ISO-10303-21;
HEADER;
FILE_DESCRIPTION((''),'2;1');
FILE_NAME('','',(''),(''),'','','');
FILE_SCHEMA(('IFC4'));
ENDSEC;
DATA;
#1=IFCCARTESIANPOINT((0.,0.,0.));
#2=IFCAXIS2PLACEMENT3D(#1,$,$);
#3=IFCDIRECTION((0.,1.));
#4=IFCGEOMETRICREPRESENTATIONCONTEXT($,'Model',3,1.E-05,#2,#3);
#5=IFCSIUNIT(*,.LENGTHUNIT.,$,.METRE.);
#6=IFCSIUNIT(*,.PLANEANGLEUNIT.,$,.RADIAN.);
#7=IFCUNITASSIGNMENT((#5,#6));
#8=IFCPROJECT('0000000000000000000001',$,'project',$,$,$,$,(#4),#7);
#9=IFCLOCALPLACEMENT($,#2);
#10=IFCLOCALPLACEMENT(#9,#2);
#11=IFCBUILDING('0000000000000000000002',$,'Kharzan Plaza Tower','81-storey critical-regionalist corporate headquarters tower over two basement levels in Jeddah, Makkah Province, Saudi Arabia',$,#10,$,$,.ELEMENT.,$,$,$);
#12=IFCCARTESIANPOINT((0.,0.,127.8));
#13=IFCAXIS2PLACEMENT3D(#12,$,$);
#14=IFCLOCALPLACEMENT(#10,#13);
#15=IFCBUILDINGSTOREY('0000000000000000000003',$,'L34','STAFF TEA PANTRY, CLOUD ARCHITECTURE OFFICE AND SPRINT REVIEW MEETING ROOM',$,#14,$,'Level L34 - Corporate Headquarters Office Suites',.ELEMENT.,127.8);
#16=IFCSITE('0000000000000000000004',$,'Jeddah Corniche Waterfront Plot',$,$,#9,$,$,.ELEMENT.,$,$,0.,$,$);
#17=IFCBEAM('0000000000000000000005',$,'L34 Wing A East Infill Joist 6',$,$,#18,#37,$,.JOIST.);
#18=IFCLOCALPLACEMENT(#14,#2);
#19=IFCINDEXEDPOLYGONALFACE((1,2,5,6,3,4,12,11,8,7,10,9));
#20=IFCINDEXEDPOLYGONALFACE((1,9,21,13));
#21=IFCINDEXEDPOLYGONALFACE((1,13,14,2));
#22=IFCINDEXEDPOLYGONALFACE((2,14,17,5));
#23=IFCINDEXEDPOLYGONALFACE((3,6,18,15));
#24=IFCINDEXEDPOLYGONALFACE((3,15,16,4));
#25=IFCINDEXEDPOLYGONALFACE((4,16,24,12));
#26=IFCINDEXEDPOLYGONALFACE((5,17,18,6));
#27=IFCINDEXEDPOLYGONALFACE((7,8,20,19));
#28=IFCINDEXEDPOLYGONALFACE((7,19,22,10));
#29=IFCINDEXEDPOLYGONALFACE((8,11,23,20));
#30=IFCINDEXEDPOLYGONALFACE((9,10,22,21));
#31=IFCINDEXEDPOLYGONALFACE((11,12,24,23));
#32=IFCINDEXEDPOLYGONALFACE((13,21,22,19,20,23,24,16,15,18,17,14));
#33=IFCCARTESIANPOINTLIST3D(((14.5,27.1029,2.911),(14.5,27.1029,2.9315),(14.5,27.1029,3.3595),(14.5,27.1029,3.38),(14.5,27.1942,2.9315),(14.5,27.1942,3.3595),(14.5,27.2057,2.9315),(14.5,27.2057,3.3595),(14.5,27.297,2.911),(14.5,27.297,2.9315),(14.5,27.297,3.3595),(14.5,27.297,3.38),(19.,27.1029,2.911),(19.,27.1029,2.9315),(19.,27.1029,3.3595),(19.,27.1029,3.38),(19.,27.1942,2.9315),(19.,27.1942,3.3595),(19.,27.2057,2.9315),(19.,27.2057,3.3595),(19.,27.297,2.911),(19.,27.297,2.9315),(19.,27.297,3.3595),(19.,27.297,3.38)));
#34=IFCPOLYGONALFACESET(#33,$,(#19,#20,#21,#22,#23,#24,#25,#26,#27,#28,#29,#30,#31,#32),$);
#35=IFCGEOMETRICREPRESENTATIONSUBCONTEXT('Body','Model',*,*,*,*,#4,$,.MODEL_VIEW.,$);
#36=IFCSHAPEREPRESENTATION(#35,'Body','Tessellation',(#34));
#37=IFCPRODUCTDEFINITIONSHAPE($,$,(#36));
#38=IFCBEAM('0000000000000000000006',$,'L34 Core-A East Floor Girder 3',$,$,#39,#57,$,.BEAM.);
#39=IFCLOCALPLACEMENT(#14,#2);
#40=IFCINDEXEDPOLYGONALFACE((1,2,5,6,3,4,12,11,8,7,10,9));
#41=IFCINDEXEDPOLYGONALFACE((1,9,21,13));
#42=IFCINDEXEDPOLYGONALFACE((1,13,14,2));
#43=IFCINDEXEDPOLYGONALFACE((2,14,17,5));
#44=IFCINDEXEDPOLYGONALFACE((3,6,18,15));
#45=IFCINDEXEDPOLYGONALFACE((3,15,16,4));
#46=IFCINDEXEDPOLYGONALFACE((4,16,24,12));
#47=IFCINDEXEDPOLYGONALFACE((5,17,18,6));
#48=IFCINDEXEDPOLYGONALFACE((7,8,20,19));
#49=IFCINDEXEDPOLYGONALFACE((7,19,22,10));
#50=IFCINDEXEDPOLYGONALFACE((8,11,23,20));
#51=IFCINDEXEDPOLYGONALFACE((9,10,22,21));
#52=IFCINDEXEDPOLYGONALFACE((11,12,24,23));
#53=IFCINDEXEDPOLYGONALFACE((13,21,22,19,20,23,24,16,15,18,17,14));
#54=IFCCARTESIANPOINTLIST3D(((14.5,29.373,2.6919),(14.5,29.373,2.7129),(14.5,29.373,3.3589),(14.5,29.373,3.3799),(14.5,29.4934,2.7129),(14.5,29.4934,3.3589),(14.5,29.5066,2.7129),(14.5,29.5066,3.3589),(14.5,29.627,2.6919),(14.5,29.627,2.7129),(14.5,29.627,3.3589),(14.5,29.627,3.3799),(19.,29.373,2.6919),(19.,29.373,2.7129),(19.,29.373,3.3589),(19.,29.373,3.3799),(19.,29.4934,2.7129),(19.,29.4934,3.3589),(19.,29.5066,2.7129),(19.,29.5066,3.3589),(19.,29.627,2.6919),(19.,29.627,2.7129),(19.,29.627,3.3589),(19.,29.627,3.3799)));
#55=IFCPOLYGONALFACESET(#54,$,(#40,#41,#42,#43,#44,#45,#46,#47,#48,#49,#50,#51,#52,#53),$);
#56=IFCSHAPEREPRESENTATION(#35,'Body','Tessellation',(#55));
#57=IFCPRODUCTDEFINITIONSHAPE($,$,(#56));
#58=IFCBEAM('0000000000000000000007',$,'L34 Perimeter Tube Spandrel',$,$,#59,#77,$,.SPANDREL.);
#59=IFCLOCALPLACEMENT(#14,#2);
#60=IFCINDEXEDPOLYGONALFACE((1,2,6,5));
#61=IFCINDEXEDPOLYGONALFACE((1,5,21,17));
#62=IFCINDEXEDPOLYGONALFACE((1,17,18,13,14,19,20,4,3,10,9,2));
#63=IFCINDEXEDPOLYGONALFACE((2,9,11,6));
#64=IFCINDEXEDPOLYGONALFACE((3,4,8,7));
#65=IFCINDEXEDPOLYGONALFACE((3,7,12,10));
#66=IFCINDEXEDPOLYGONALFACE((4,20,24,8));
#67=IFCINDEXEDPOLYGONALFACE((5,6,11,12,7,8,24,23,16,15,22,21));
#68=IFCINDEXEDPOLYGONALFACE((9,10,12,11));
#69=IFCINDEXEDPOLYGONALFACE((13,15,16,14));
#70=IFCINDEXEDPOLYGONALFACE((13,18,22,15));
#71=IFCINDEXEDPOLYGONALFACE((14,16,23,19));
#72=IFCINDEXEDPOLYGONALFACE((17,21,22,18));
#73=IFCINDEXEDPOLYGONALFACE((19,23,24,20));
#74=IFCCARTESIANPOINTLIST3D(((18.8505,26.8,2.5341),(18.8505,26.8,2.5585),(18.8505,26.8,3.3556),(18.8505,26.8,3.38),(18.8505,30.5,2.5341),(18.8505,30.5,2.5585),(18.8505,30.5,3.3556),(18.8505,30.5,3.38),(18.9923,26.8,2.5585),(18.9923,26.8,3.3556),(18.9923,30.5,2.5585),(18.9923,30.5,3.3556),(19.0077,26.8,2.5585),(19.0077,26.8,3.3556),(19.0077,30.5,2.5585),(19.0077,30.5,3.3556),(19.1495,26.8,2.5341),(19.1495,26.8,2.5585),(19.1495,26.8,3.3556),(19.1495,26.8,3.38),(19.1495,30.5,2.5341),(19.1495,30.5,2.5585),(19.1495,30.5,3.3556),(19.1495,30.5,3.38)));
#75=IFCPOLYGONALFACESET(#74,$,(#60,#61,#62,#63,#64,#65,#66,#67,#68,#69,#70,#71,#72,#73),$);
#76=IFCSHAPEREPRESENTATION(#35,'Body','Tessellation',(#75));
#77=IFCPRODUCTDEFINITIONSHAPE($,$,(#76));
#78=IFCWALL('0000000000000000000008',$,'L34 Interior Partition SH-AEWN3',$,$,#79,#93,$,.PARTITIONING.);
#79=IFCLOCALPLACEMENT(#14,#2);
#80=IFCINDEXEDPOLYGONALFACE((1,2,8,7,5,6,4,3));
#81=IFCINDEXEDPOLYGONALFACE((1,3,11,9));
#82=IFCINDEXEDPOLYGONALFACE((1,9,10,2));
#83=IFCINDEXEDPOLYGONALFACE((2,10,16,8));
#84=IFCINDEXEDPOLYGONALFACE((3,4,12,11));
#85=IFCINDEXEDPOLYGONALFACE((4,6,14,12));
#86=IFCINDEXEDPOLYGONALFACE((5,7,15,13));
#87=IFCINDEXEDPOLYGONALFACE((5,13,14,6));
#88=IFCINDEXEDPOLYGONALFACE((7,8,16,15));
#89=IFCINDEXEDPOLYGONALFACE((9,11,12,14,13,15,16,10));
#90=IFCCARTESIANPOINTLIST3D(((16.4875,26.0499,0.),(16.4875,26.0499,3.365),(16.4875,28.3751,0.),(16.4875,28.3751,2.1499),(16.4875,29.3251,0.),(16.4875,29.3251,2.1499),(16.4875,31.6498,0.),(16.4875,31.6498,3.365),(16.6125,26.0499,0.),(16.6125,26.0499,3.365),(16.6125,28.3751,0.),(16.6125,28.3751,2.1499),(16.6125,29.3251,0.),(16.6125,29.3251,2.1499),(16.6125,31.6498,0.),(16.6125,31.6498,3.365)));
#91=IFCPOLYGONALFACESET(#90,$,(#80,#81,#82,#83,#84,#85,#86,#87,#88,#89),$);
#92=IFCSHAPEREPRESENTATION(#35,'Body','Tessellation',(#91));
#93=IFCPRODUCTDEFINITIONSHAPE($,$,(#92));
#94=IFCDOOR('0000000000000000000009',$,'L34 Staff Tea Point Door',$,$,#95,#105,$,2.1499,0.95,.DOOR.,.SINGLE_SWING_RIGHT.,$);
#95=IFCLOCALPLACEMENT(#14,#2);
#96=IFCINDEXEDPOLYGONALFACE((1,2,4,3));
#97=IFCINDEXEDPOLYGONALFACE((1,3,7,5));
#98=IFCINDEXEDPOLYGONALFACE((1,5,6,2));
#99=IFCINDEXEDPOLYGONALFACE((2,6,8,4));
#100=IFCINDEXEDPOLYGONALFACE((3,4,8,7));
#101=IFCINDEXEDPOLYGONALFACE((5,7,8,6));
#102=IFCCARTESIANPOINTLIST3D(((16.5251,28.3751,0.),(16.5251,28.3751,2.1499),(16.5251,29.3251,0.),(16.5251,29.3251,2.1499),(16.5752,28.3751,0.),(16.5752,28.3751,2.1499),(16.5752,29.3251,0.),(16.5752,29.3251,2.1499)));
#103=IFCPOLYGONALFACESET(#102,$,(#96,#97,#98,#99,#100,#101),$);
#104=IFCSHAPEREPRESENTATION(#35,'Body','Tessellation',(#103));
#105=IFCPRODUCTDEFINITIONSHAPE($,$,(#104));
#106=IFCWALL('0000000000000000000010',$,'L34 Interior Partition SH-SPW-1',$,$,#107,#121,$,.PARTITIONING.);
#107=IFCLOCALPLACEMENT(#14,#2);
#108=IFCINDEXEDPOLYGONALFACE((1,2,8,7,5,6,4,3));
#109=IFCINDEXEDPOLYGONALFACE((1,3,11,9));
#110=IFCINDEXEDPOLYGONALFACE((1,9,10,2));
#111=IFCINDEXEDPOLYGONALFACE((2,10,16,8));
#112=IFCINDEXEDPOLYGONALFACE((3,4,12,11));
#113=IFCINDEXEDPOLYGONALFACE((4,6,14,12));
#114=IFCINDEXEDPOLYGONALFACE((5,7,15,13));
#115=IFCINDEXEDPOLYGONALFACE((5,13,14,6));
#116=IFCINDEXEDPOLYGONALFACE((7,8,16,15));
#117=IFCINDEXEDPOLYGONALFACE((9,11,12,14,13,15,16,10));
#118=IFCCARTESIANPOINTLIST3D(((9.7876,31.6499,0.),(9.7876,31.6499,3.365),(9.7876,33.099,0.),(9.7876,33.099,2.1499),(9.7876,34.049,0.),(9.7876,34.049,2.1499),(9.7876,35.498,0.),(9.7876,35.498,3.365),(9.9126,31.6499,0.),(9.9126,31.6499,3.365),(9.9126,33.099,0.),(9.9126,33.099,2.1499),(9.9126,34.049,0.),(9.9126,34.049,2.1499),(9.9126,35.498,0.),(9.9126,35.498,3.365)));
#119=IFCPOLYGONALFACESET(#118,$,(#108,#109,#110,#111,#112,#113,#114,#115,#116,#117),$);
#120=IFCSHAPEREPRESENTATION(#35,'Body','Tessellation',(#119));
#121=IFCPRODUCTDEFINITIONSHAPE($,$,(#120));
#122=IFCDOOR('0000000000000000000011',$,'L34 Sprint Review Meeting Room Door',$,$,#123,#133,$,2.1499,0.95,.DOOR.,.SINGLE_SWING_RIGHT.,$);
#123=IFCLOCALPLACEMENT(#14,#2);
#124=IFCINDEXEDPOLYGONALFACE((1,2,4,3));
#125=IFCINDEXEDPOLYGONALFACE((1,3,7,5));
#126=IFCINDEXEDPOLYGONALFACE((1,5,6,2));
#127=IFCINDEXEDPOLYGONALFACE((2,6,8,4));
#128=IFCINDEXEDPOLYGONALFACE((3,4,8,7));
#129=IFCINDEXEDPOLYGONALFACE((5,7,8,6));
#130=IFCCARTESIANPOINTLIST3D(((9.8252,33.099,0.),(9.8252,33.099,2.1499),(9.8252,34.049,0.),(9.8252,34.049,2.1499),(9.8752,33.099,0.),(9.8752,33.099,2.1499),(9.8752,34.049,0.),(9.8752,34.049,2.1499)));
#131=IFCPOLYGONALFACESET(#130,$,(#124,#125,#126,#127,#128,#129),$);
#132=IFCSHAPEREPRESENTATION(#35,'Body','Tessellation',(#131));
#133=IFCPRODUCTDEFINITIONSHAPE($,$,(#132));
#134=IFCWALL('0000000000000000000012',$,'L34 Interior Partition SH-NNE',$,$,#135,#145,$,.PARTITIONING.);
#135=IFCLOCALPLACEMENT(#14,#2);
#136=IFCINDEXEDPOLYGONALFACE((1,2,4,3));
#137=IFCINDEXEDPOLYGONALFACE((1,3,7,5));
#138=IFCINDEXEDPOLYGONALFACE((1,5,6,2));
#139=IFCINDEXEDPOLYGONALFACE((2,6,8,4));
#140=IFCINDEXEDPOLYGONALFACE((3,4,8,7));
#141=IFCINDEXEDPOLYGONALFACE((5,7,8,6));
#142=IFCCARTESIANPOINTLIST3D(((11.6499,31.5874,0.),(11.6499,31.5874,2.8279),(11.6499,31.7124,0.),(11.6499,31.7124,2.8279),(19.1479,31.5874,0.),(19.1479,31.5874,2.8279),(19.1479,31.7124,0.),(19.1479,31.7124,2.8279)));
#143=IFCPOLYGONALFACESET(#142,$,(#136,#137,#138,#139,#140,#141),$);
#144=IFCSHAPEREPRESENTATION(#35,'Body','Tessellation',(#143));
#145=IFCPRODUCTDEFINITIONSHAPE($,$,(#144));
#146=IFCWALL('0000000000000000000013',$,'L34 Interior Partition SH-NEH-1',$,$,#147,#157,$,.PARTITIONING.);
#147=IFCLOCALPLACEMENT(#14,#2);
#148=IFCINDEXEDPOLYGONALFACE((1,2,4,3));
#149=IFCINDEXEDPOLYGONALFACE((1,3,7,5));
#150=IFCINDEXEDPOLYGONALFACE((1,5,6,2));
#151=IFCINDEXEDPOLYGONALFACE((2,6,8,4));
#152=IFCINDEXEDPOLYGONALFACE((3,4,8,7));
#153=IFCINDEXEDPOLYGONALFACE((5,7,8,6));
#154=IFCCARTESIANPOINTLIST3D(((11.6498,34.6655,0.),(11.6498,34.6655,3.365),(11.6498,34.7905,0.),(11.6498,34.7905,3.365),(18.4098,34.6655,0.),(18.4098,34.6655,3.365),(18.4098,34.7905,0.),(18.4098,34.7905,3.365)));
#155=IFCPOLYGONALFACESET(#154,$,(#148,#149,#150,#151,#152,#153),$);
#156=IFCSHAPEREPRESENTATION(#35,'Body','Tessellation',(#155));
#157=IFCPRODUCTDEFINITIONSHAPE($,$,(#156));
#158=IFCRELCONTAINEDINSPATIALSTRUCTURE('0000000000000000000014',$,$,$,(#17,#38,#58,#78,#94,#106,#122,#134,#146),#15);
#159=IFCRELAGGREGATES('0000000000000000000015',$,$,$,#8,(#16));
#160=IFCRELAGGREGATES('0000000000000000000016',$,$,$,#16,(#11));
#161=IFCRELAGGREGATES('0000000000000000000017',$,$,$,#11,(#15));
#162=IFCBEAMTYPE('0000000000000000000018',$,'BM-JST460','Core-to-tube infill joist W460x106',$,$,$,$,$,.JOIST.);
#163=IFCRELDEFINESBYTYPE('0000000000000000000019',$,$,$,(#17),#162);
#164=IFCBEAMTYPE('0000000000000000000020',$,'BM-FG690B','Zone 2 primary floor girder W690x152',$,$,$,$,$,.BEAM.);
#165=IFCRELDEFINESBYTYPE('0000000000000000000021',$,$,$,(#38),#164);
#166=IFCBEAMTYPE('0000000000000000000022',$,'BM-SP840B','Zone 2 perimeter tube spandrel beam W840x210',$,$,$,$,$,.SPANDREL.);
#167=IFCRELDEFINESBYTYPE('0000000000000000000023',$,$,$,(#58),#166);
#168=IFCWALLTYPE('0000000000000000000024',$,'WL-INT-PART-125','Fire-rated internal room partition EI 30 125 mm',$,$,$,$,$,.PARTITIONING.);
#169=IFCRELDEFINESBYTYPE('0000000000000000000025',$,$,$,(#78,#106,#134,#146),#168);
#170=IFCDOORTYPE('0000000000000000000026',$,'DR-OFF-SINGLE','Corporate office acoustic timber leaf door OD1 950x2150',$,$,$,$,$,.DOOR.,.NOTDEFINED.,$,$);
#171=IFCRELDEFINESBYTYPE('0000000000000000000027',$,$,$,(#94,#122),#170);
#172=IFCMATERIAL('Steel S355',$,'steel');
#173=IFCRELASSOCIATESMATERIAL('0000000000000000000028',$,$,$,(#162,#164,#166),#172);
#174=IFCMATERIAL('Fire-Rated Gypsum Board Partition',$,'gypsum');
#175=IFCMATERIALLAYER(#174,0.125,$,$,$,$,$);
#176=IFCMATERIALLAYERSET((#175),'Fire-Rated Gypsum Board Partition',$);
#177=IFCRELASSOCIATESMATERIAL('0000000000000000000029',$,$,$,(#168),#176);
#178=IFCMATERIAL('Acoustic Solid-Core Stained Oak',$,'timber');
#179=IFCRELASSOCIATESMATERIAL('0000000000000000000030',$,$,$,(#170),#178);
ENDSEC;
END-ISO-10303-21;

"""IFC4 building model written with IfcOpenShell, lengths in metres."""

from ifc_helpers import new_model, si_unit, direction, frame, frame_2d, origin, origin_2d, place, context, subcontext, project, spatial, rectangle, i_section, extrude, source, transform, mapped, material, layer, layer_set, material_profile, profile_set, type_object, element, fill, save


model = new_model("IFC4")

# Units and contexts
model_context = context("Model", 3, precision=1e-05, world=origin(), true_north=direction((0.0, 1.0)))
body_context = subcontext(model_context, "Body", "Model", "MODEL_VIEW")
ifc_project = project(units=[si_unit("LENGTHUNIT", "METRE"), si_unit("PLANEANGLEUNIT", "RADIAN")], contexts=[model_context])

# Site, building, storey
site_placement = place(None, origin())
site = spatial("IfcSite", under=ifc_project, at=site_placement, Name="Jeddah Corniche Waterfront Plot", CompositionType="ELEMENT", RefElevation=0.0)
building_placement = place(site_placement, origin())
building = spatial("IfcBuilding", under=site, at=building_placement, Name="Kharzan Plaza Tower", Description="81-storey critical-regionalist corporate headquarters tower over two basement levels in Jeddah, Makkah Province, Saudi Arabia", CompositionType="ELEMENT")
storey_placement = place(building_placement, frame((0.0, 0.0, 127.8)))
storey = spatial("IfcBuildingStorey", under=building, at=storey_placement, Name="L34", Description="STAFF TEA PANTRY, CLOUD ARCHITECTURE OFFICE AND SPRINT REVIEW MEETING ROOM", LongName="Level L34 - Corporate Headquarters Office Suites", CompositionType="ELEMENT", Elevation=127.8)

# Beams
ifc_material_1 = material(Name="Steel S355", Category="steel")
ifc_material_profile_1 = material_profile(ifc_material_1, i_section(OverallWidth=0.1941, OverallDepth=0.469, WebThickness=0.0115, FlangeThickness=0.0205, at=origin_2d()), Name="W460x106")
ifc_profile_set_1 = profile_set([ifc_material_profile_1], Name="Steel S355")
beam_type_1 = type_object("IfcBeamType", Name="BM-JST460", Description="Core-to-tube infill joist W460x106", PredefinedType="JOIST", material=ifc_profile_set_1)
shared_shape_1 = source(origin(), body_context, "Body", "SweptSolid", [
    extrude(i_section(OverallWidth=0.1941, OverallDepth=0.469, WebThickness=0.0115, FlangeThickness=0.0205, at=origin_2d()), origin(), (0.0, 0.0, 1.0), 4.5),
])
beam_1_placement = place(storey_placement, frame((14.5, 27.2, 3.1455), z_axis=(1.0, 0.0, 0.0), x_axis=(0.0, 1.0, 0.0)))
element("IfcBeam", 1, at=beam_1_placement, inside=storey, type_object=beam_type_1, Name="L34 Wing A East Infill Joist 6", PredefinedType="JOIST", context=body_context, shape_type="MappedRepresentation", body=[
    mapped(shared_shape_1, transform((0.0, 0.0, 0.0), x_axis=(1.0, 0.0, 0.0), y_axis=(0.0, 1.0, 0.0), z_axis=(0.0, 0.0, 1.0))),
])
ifc_material_profile_2 = material_profile(ifc_material_1, i_section(OverallWidth=0.2539, OverallDepth=0.688, WebThickness=0.0132, FlangeThickness=0.021, at=origin_2d()), Name="W690x152")
ifc_profile_set_2 = profile_set([ifc_material_profile_2], Name="Steel S355")
beam_type_2 = type_object("IfcBeamType", Name="BM-FG690B", Description="Zone 2 primary floor girder W690x152", PredefinedType="BEAM", material=ifc_profile_set_2)
shared_shape_2 = source(origin(), body_context, "Body", "SweptSolid", [
    extrude(i_section(OverallWidth=0.2539, OverallDepth=0.688, WebThickness=0.0132, FlangeThickness=0.021, at=origin_2d()), origin(), (0.0, 0.0, 1.0), 4.5),
])
beam_2_placement = place(storey_placement, frame((14.5, 29.5, 3.0359), z_axis=(1.0, 0.0, 0.0), x_axis=(0.0, 1.0, 0.0)))
element("IfcBeam", 2, at=beam_2_placement, inside=storey, type_object=beam_type_2, Name="L34 Core-A East Floor Girder 3", PredefinedType="BEAM", context=body_context, shape_type="MappedRepresentation", body=[
    mapped(shared_shape_2, transform((0.0, 0.0, 0.0), x_axis=(1.0, 0.0, 0.0), y_axis=(0.0, 1.0, 0.0), z_axis=(0.0, 0.0, 1.0))),
])
ifc_material_profile_3 = material_profile(ifc_material_1, i_section(OverallWidth=0.2991, OverallDepth=0.8459, WebThickness=0.0154, FlangeThickness=0.0244, at=origin_2d()), Name="W840x210")
ifc_profile_set_3 = profile_set([ifc_material_profile_3], Name="Steel S355")
beam_type_3 = type_object("IfcBeamType", Name="BM-SP840B", Description="Zone 2 perimeter tube spandrel beam W840x210", PredefinedType="SPANDREL", material=ifc_profile_set_3)
shared_shape_3 = source(origin(), body_context, "Body", "SweptSolid", [
    extrude(i_section(OverallWidth=0.2991, OverallDepth=0.8459, WebThickness=0.0154, FlangeThickness=0.0244, at=origin_2d()), origin(), (0.0, 0.0, 1.0), 3.7),
])
beam_3_placement = place(storey_placement, frame((19.0, 26.8, 2.957), z_axis=(0.0, 1.0, 0.0), x_axis=(-1.0, 0.0, 0.0)))
element("IfcBeam", 3, at=beam_3_placement, inside=storey, type_object=beam_type_3, Name="L34 Perimeter Tube Spandrel", PredefinedType="SPANDREL", context=body_context, shape_type="MappedRepresentation", body=[
    mapped(shared_shape_3, transform((0.0, 0.0, 0.0), x_axis=(1.0, 0.0, 0.0), y_axis=(0.0, 1.0, 0.0), z_axis=(0.0, 0.0, 1.0))),
])

# Walls, openings, doors
ifc_material_2 = material(Name="Fire-Rated Gypsum Board Partition", Category="gypsum")
ifc_layer_1 = layer(ifc_material_2, 0.125)
ifc_layer_set_1 = layer_set([ifc_layer_1], Name="Fire-Rated Gypsum Board Partition")
wall_type = type_object("IfcWallType", Name="WL-INT-PART-125", Description="Fire-rated internal room partition EI 30 125 mm", PredefinedType="PARTITIONING", material=ifc_layer_set_1)
wall_1_placement = place(storey_placement, frame((16.55, 26.05, 0.0), z_axis=(0.0, 0.0, 1.0), x_axis=(0.0, 1.0, 0.0)))
wall_1 = element("IfcWall", 4, at=wall_1_placement, inside=storey, type_object=wall_type, Name="L34 Interior Partition SH-AEWN3", PredefinedType="PARTITIONING", context=body_context, shape_type="SweptSolid", body=[
    extrude(rectangle(XDim=5.5999, YDim=0.125, at=frame_2d((2.7998, 0.0))), origin(), (0.0, 0.0, 1.0), 3.365),
])
opening_1_placement = place(wall_1_placement, frame((2.325, 0.0, 0.0)))
opening_1 = element("IfcOpeningElement", 5, at=opening_1_placement, cuts=wall_1, PredefinedType="OPENING", context=body_context, shape_type="SweptSolid", body=[
    extrude(rectangle(XDim=0.95, YDim=2.1499, at=frame_2d((0.4751, 1.075))), frame((0.0, 0.0725, 0.0), z_axis=(0.0, -1.0, 0.0), x_axis=(1.0, 0.0, 0.0)), (0.0, 0.0, 1.0), 0.145),
])
ifc_material_3 = material(Name="Acoustic Solid-Core Stained Oak", Category="timber")
door_type = type_object("IfcDoorType", Name="DR-OFF-SINGLE", Description="Corporate office acoustic timber leaf door OD1 950x2150", OperationType="NOTDEFINED", PredefinedType="DOOR", material=ifc_material_3)
shared_shape_4 = source(origin(), body_context, "Body", "SweptSolid", [
    extrude(rectangle(XDim=0.95, YDim=2.1499, at=frame_2d((0.4751, 1.075))), frame((0.0, 0.0249, 0.0), z_axis=(0.0, -1.0, 0.0), x_axis=(1.0, 0.0, 0.0)), (0.0, 0.0, 1.0), 0.05),
])
door_1_placement = place(opening_1_placement, origin())
door_1 = element("IfcDoor", 6, at=door_1_placement, inside=storey, type_object=door_type, Name="L34 Staff Tea Point Door", OperationType="SINGLE_SWING_RIGHT", OverallHeight=2.1499, OverallWidth=0.95, PredefinedType="DOOR", context=body_context, shape_type="MappedRepresentation", body=[
    mapped(shared_shape_4, transform((0.0, 0.0, 0.0), x_axis=(1.0, 0.0, 0.0), y_axis=(0.0, 1.0, 0.0), z_axis=(0.0, 0.0, 1.0))),
])
fill(opening_1, door_1)
wall_2_placement = place(storey_placement, frame((9.8501, 31.6499, 0.0), z_axis=(0.0, 0.0, 1.0), x_axis=(0.0, 1.0, 0.0)))
wall_2 = element("IfcWall", 7, at=wall_2_placement, inside=storey, type_object=wall_type, Name="L34 Interior Partition SH-SPW-1", PredefinedType="PARTITIONING", context=body_context, shape_type="SweptSolid", body=[
    extrude(rectangle(XDim=3.8481, YDim=0.125, at=frame_2d((1.9241, 0.0))), origin(), (0.0, 0.0, 1.0), 3.365),
])
opening_2_placement = place(wall_2_placement, frame((1.449, 0.0, 0.0)))
opening_2 = element("IfcOpeningElement", 8, at=opening_2_placement, cuts=wall_2, PredefinedType="OPENING", context=body_context, shape_type="SweptSolid", body=[
    extrude(rectangle(XDim=0.95, YDim=2.1499, at=frame_2d((0.4751, 1.075))), frame((0.0, 0.0725, 0.0), z_axis=(0.0, -1.0, 0.0), x_axis=(1.0, 0.0, 0.0)), (0.0, 0.0, 1.0), 0.145),
])
door_2_placement = place(opening_2_placement, origin())
door_2 = element("IfcDoor", 9, at=door_2_placement, inside=storey, type_object=door_type, Name="L34 Sprint Review Meeting Room Door", OperationType="SINGLE_SWING_RIGHT", OverallHeight=2.1499, OverallWidth=0.95, PredefinedType="DOOR", context=body_context, shape_type="MappedRepresentation", body=[
    mapped(shared_shape_4, transform((0.0, 0.0, 0.0), x_axis=(1.0, 0.0, 0.0), y_axis=(0.0, 1.0, 0.0), z_axis=(0.0, 0.0, 1.0))),
])
fill(opening_2, door_2)

# Walls
shared_shape_5 = source(origin(), body_context, "Body", "SweptSolid", [
    extrude(rectangle(XDim=7.498, YDim=0.125, at=frame_2d((3.749, 0.0))), origin(), (0.0, 0.0, 1.0), 2.8279),
])
wall_3_placement = place(storey_placement, frame((11.6499, 31.6499, 0.0), z_axis=(0.0, 0.0, 1.0), x_axis=(1.0, 0.0, 0.0)))
element("IfcWall", 10, at=wall_3_placement, inside=storey, type_object=wall_type, Name="L34 Interior Partition SH-NNE", PredefinedType="PARTITIONING", context=body_context, shape_type="MappedRepresentation", body=[
    mapped(shared_shape_5, transform((0.0, 0.0, 0.0), x_axis=(1.0, 0.0, 0.0), y_axis=(0.0, 1.0, 0.0), z_axis=(0.0, 0.0, 1.0))),
])
shared_shape_6 = source(origin(), body_context, "Body", "SweptSolid", [
    extrude(rectangle(XDim=6.76, YDim=0.125, at=frame_2d((3.3799, 0.0))), origin(), (0.0, 0.0, 1.0), 3.365),
])
wall_4_placement = place(storey_placement, frame((11.6499, 34.728, 0.0), z_axis=(0.0, 0.0, 1.0), x_axis=(1.0, 0.0, 0.0)))
element("IfcWall", 11, at=wall_4_placement, inside=storey, type_object=wall_type, Name="L34 Interior Partition SH-NEH-1", PredefinedType="PARTITIONING", context=body_context, shape_type="MappedRepresentation", body=[
    mapped(shared_shape_6, transform((0.0, 0.0, 0.0), x_axis=(1.0, 0.0, 0.0), y_axis=(0.0, 1.0, 0.0), z_axis=(0.0, 0.0, 1.0))),
])

save(model, "model.ifc")
